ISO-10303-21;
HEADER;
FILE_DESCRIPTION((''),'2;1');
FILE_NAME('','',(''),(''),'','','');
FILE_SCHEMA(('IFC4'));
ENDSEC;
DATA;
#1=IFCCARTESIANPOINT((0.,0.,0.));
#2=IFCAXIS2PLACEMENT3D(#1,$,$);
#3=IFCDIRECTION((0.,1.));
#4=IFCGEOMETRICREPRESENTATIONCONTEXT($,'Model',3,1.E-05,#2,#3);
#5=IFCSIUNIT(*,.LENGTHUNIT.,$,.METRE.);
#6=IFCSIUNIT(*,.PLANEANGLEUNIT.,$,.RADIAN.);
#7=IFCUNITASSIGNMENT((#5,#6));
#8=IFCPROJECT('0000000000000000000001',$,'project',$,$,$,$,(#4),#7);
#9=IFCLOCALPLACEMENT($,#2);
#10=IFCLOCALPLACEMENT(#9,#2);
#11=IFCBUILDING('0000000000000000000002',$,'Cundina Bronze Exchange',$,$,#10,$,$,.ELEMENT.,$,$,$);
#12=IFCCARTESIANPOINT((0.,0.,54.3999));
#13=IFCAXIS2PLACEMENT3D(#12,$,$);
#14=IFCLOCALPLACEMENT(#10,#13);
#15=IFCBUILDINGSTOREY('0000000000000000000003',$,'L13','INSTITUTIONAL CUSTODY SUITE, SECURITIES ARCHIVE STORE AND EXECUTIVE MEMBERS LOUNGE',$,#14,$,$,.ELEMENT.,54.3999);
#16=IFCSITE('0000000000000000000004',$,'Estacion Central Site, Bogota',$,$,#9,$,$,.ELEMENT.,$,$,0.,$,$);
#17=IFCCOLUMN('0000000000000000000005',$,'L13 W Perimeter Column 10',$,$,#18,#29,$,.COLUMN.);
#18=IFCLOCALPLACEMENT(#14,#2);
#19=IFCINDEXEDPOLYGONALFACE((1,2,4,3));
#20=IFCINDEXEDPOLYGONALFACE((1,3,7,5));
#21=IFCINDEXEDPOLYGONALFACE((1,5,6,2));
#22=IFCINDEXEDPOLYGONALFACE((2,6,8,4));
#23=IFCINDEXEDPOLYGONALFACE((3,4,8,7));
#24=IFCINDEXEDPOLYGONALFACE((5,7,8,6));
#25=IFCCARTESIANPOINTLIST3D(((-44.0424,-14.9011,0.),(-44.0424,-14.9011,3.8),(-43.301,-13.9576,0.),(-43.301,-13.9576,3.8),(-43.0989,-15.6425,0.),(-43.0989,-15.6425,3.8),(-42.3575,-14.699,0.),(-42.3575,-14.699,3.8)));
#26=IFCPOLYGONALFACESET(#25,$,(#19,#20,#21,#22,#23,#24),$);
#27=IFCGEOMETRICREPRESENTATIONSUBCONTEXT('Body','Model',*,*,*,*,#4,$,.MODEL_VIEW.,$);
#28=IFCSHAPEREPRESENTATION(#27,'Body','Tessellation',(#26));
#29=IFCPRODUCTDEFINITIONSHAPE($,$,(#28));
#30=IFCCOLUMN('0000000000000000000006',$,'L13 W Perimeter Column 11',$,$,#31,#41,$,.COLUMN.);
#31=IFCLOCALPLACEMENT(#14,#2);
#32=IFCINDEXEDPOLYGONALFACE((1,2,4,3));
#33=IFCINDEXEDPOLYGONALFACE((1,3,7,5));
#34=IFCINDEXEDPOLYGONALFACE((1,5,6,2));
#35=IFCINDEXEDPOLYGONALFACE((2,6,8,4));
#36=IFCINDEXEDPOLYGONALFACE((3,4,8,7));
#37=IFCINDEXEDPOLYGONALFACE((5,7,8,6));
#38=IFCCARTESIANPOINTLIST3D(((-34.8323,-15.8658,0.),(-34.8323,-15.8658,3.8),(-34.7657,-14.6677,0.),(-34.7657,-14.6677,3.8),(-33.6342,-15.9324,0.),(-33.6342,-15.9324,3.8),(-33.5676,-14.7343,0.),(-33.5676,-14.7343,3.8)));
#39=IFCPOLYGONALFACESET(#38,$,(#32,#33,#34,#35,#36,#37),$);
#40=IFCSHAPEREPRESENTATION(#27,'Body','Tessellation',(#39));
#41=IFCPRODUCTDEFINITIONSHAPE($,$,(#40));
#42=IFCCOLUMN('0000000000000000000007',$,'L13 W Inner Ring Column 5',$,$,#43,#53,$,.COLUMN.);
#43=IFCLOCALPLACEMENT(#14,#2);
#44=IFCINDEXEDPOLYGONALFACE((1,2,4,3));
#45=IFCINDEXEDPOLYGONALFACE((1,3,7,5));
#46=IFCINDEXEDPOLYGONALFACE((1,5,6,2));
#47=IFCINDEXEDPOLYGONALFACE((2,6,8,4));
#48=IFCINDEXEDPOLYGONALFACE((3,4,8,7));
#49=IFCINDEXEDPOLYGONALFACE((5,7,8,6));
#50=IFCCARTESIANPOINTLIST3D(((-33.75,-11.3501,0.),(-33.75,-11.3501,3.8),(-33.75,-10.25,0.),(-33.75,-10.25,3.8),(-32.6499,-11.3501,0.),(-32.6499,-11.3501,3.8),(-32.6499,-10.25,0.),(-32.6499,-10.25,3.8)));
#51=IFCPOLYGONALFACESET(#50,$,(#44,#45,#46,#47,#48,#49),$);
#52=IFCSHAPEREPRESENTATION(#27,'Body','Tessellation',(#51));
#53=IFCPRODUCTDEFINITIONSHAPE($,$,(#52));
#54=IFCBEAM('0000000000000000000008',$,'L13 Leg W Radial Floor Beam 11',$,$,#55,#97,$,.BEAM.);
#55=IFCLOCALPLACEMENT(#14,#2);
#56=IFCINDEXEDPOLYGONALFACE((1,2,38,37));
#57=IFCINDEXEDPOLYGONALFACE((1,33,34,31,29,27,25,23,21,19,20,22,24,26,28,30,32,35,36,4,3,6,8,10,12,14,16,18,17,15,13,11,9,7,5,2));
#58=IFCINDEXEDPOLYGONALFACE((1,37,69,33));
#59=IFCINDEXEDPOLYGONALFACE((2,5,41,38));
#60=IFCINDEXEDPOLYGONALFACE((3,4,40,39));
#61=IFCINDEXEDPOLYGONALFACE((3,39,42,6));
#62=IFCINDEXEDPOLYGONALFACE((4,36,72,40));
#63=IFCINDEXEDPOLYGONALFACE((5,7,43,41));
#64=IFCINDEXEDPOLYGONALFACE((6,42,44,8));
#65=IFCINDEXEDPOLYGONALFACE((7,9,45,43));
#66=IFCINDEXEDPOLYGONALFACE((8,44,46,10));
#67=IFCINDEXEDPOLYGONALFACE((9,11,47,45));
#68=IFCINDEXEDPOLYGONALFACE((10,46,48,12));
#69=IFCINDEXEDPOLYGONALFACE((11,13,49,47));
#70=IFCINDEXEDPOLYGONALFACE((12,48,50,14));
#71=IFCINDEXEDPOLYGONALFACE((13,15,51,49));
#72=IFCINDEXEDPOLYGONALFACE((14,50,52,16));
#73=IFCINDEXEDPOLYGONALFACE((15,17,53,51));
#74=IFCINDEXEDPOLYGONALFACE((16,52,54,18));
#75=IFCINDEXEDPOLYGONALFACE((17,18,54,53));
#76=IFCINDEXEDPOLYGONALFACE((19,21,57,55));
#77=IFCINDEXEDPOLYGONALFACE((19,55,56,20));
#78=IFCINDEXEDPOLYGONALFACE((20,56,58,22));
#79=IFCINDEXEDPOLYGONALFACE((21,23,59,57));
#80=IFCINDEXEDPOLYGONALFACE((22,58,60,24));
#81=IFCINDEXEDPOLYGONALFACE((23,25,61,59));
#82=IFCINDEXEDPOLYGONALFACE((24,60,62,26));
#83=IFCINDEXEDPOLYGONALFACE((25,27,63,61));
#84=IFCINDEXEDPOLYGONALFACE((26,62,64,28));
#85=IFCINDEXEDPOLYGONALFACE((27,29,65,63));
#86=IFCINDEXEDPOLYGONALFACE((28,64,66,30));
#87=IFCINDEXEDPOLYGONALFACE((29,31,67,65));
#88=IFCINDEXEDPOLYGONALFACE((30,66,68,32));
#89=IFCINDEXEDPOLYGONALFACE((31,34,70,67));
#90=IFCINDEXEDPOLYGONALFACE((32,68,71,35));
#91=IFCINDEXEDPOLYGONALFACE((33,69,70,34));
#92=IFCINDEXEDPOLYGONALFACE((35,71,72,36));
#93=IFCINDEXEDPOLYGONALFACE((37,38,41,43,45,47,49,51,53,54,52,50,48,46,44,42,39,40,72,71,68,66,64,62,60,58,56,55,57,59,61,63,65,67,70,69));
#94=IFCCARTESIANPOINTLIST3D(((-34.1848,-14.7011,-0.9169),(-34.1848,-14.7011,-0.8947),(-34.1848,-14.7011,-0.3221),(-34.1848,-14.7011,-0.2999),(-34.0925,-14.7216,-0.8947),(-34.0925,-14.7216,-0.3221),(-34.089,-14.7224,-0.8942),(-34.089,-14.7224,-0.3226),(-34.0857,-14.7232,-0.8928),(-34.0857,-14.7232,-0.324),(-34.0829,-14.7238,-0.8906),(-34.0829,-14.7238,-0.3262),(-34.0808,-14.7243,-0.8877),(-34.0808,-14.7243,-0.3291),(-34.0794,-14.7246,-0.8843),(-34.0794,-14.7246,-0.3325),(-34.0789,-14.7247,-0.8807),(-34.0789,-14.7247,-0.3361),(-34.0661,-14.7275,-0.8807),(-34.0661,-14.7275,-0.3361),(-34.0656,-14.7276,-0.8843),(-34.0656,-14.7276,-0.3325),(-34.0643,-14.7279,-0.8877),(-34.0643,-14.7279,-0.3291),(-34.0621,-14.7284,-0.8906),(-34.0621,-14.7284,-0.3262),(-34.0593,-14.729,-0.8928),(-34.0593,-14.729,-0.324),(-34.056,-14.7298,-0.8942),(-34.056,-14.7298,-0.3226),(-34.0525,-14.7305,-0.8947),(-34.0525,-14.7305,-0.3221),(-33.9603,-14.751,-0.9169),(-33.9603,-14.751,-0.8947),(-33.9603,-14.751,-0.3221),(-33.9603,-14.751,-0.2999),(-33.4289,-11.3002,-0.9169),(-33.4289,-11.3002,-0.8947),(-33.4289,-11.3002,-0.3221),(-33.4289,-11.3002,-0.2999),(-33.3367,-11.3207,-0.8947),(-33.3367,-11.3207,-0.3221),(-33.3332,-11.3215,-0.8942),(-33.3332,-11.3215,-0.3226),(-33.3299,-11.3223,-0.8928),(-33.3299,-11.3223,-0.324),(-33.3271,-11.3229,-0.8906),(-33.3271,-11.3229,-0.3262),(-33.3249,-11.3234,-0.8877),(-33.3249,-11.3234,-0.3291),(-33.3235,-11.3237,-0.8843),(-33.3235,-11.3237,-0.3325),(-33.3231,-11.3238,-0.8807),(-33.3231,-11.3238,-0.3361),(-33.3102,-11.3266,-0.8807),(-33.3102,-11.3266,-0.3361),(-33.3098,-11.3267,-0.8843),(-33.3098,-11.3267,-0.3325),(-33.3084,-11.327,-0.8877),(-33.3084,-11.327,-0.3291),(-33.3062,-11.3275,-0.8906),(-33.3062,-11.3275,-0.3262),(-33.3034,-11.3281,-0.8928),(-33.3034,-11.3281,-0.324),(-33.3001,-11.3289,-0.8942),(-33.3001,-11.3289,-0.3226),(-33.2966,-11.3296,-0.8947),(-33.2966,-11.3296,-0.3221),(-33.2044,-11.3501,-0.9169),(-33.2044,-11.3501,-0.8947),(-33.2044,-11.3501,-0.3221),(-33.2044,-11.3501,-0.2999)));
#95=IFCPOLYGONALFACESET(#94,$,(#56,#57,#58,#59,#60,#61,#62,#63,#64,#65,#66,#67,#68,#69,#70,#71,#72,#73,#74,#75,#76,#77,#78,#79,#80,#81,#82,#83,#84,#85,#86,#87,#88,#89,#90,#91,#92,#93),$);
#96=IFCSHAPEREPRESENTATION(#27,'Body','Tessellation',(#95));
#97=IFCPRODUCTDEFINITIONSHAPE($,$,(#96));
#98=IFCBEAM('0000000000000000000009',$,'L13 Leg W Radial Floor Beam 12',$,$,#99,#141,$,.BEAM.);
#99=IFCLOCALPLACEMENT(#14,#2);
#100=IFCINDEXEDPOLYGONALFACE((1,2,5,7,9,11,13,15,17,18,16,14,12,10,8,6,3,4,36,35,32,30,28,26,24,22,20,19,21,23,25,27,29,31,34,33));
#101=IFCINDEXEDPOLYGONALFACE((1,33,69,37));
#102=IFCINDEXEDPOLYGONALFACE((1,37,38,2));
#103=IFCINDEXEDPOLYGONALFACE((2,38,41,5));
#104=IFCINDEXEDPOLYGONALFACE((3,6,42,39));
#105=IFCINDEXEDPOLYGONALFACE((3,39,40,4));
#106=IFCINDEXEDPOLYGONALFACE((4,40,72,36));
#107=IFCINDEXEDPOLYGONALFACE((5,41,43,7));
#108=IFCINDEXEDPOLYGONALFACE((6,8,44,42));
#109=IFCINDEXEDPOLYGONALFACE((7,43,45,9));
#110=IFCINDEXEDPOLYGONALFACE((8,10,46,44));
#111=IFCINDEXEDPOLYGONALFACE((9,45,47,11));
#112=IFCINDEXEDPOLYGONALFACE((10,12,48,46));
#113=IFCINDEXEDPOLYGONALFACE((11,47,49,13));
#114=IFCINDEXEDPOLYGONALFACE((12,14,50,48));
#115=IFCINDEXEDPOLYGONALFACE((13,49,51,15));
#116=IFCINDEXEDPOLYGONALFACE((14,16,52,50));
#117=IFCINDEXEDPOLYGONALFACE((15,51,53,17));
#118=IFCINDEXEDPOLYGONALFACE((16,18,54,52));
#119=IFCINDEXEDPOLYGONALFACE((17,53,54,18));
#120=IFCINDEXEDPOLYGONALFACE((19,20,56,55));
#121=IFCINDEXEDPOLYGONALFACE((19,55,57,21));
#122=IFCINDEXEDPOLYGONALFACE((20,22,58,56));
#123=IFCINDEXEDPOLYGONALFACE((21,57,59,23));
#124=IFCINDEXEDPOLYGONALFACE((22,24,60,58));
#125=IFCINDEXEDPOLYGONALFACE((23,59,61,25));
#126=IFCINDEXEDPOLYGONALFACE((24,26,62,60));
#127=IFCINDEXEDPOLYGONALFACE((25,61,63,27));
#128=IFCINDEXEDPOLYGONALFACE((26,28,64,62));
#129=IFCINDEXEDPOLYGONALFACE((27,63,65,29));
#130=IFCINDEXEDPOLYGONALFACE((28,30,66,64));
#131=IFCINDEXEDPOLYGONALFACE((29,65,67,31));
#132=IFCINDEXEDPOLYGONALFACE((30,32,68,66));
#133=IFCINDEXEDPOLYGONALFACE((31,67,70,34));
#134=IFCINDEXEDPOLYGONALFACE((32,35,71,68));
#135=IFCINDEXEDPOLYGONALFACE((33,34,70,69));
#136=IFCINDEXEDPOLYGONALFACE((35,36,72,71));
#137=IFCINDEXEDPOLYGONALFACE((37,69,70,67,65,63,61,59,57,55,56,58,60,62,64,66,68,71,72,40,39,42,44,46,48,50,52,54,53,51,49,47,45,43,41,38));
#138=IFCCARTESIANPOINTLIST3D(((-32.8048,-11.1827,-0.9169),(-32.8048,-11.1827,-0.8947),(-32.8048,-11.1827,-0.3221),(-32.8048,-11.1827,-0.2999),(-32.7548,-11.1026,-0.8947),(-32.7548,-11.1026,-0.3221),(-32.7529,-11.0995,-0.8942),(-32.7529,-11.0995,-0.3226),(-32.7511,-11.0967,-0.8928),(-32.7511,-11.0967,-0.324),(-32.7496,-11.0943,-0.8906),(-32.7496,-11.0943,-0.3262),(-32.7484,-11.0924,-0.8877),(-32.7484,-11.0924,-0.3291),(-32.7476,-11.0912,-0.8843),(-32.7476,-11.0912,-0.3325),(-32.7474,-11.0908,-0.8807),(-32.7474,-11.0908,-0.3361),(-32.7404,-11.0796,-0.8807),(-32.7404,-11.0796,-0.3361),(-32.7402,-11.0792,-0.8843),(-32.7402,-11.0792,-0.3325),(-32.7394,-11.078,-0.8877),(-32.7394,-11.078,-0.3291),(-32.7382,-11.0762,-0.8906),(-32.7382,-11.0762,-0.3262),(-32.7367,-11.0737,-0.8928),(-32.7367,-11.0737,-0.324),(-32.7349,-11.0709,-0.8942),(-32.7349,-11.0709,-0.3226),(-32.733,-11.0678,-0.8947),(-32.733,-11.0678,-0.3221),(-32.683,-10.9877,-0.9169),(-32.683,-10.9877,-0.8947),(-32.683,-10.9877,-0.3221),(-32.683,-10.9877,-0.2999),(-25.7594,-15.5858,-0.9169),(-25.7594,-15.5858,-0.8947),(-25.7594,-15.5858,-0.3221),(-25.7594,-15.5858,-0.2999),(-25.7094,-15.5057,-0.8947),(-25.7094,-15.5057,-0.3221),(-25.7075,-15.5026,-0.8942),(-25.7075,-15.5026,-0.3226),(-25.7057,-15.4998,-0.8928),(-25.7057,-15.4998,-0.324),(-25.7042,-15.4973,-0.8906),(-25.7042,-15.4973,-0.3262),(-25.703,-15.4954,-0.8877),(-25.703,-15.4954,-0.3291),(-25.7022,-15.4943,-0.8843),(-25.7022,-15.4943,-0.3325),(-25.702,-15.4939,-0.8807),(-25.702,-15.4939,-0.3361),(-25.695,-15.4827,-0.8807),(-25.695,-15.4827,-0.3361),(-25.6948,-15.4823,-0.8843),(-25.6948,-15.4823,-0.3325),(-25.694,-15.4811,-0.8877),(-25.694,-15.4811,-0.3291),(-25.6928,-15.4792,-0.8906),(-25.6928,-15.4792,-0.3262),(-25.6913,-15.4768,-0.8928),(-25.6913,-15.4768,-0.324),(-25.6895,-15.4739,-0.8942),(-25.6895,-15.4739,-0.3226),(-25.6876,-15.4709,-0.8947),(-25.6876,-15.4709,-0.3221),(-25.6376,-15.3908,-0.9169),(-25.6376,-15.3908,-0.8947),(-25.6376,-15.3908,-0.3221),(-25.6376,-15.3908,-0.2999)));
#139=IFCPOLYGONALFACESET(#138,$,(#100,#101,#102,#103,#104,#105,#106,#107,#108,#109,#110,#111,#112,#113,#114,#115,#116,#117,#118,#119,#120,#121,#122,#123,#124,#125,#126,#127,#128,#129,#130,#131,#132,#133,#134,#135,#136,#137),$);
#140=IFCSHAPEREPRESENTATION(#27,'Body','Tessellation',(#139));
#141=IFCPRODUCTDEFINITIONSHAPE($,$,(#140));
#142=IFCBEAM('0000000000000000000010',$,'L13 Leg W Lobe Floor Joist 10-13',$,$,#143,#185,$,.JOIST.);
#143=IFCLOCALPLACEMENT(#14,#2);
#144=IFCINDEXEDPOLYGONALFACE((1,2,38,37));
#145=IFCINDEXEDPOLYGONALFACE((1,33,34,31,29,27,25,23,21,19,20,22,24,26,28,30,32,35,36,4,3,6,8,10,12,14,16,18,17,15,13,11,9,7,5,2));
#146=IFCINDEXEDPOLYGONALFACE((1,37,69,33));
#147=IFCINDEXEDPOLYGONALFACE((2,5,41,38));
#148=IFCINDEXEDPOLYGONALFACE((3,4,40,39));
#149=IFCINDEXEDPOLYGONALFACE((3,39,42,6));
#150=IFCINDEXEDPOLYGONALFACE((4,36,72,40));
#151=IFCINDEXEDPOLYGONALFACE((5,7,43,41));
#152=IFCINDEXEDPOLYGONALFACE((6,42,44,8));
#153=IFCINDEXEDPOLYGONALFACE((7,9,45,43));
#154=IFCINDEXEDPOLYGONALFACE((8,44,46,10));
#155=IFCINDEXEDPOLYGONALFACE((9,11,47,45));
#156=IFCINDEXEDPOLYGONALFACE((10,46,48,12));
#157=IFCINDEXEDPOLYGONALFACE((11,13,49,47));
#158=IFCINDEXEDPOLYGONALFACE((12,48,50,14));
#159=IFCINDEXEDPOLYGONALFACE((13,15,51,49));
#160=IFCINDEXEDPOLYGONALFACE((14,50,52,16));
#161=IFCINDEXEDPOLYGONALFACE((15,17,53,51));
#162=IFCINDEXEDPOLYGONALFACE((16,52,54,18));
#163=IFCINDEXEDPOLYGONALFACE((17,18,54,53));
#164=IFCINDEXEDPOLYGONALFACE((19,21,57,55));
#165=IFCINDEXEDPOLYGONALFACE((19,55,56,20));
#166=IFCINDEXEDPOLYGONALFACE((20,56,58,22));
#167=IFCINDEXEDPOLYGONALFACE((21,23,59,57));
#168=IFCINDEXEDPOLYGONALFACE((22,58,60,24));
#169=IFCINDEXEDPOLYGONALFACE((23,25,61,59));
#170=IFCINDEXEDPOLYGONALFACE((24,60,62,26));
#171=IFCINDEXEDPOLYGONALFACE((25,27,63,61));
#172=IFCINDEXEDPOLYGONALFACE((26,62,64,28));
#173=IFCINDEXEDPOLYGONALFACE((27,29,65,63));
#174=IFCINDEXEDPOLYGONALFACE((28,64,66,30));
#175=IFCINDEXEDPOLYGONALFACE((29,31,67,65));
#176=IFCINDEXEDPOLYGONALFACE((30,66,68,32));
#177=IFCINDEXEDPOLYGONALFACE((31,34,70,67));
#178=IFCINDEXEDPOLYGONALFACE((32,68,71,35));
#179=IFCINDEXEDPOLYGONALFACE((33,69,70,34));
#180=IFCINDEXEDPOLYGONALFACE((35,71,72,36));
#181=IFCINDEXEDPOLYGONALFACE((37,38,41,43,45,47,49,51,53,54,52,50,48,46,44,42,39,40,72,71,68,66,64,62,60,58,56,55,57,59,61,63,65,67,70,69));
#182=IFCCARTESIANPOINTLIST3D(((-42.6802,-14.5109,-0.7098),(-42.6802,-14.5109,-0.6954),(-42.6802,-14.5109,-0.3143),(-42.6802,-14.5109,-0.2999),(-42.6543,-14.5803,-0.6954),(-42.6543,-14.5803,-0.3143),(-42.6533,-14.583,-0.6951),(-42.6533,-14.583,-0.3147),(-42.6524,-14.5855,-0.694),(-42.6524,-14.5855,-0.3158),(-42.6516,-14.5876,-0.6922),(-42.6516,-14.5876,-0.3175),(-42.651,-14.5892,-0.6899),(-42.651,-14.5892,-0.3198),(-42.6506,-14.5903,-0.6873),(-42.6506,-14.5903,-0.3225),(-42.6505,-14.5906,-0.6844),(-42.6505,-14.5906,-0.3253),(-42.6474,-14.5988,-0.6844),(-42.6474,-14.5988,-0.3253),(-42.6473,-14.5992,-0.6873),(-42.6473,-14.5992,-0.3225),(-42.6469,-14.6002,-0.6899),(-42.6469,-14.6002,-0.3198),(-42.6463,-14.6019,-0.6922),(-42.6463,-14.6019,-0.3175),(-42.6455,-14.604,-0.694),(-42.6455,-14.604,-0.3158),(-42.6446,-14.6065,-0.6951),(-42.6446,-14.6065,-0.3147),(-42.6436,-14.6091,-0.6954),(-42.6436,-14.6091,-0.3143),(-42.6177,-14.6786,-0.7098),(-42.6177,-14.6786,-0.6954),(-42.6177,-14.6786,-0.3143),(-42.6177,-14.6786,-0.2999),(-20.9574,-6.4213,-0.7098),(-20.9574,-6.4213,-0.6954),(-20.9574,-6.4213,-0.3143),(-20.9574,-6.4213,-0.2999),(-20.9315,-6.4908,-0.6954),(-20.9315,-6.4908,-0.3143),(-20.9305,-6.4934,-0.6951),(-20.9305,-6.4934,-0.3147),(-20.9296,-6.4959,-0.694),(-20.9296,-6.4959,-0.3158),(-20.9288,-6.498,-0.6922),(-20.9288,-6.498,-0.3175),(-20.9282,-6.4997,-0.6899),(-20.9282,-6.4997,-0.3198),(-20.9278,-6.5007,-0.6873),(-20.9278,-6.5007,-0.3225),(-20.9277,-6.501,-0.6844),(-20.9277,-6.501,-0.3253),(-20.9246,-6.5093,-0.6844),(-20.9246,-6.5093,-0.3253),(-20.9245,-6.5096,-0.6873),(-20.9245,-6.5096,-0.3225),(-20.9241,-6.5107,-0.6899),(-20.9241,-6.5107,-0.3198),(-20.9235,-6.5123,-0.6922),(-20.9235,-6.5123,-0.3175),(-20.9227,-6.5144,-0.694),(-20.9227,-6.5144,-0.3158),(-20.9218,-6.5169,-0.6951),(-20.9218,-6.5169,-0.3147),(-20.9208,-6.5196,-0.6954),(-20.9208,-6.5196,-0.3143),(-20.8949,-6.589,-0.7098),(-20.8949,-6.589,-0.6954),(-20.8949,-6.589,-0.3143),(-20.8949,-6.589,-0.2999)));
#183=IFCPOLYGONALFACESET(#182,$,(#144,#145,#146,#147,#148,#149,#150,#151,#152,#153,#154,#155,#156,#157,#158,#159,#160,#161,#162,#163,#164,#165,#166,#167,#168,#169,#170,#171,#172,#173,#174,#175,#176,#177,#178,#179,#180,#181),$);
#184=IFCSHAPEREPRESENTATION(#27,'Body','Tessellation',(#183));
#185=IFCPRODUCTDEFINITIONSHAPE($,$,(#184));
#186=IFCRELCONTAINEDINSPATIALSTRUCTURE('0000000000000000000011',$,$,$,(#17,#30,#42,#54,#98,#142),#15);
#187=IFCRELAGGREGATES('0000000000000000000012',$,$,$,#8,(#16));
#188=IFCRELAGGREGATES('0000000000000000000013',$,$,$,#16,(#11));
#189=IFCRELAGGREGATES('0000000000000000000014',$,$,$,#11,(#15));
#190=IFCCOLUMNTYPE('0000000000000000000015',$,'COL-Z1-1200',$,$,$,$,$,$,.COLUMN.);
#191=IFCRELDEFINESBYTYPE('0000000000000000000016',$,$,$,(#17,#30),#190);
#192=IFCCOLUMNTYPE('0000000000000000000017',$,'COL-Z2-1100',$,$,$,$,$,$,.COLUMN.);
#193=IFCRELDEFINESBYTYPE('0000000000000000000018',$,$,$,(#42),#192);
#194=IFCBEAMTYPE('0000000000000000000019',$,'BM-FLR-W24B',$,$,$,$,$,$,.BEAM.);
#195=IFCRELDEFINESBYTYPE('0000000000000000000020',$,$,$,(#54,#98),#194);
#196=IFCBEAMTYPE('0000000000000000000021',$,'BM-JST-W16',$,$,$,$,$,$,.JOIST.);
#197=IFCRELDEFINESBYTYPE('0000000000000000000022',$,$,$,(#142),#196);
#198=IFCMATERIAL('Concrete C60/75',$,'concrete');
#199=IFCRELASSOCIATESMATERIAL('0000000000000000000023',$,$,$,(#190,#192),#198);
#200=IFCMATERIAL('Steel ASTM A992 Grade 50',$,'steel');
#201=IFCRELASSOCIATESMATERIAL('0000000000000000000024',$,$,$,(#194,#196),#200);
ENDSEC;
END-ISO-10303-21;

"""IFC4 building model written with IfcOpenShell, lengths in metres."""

from ifc_helpers import new_model, si_unit, direction, frame, origin, origin_2d, place, context, subcontext, project, spatial, rectangle, i_section, extrude, material, material_profile, profile_set, type_object, element, save


model = new_model("IFC4")

# Units and contexts
model_context = context("Model", 3, precision=1e-05, world=origin(), true_north=direction((0.0, 1.0)))
body_context = subcontext(model_context, "Body", "Model", "MODEL_VIEW")
ifc_project = project(units=[si_unit("LENGTHUNIT", "METRE"), si_unit("PLANEANGLEUNIT", "RADIAN")], contexts=[model_context])

# Site, building, storey
site_placement = place(None, origin())
site = spatial("IfcSite", under=ifc_project, at=site_placement, Name="Estacion Central Site, Bogota", CompositionType="ELEMENT", RefElevation=0.0)
building_placement = place(site_placement, origin())
building = spatial("IfcBuilding", under=site, at=building_placement, Name="Cundina Bronze Exchange", CompositionType="ELEMENT")
storey_placement = place(building_placement, frame((0.0, 0.0, 54.3999)))
storey = spatial("IfcBuildingStorey", under=building, at=storey_placement, Name="L13", Description="INSTITUTIONAL CUSTODY SUITE, SECURITIES ARCHIVE STORE AND EXECUTIVE MEMBERS LOUNGE", CompositionType="ELEMENT", Elevation=54.3999)

# Columns
ifc_material_1 = material(Name="Concrete C60/75", Category="concrete")
ifc_material_profile_1 = material_profile(ifc_material_1, rectangle(XDim=1.2, YDim=1.2, at=origin_2d()), Name="RC1200X1200", Category="concrete")
ifc_profile_set_1 = profile_set([ifc_material_profile_1], Name="Concrete C60/75")
column_type_1 = type_object("IfcColumnType", Name="COL-Z1-1200", PredefinedType="COLUMN", material=ifc_profile_set_1)
for number, where, z_axis, x_axis, name in (
    (1, (-43.2, -14.8, 0.0), (0.0, 0.0, 1.0), (0.786288, -0.61786, 0.0), "L13 W Perimeter Column 10"),
    (2, (-34.2, -15.3, 0.0), (0.0, 0.0, 1.0), (0.99846, -0.055473, 0.0), "L13 W Perimeter Column 11"),
):
    element("IfcColumn", number, at=place(storey_placement, frame(where, z_axis=z_axis, x_axis=x_axis)), inside=storey, type_object=column_type_1, Name=name, PredefinedType="COLUMN", context=body_context, shape_type="SweptSolid", body=[
        extrude(rectangle(XDim=1.2, YDim=1.2, at=origin_2d()), origin(), (0.0, 0.0, 1.0), 3.8),
    ])
ifc_material_profile_2 = material_profile(ifc_material_1, rectangle(XDim=1.1001, YDim=1.1001, at=origin_2d()), Name="RC1100X1100", Category="concrete")
ifc_profile_set_2 = profile_set([ifc_material_profile_2], Name="Concrete C60/75")
column_type_2 = type_object("IfcColumnType", Name="COL-Z2-1100", PredefinedType="COLUMN", material=ifc_profile_set_2)
column_placement = place(storey_placement, frame((-33.2, -10.8, 0.0), z_axis=(0.0, 0.0, 1.0), x_axis=(1.0, 0.0, 0.0)))
element("IfcColumn", 3, at=column_placement, inside=storey, type_object=column_type_2, Name="L13 W Inner Ring Column 5", PredefinedType="COLUMN", context=body_context, shape_type="SweptSolid", body=[
    extrude(rectangle(XDim=1.1001, YDim=1.1001, at=origin_2d()), origin(), (0.0, 0.0, 1.0), 3.8),
])

# Beams
ifc_material_2 = material(Name="Steel ASTM A992 Grade 50", Category="steel")
ifc_material_profile_3 = material_profile(ifc_material_2, i_section(OverallWidth=0.23, OverallDepth=0.6169, WebThickness=0.0132, FlangeThickness=0.0222, FilletRadius=0.0139, at=origin_2d()), Name="W24X94", Category="steel")
ifc_profile_set_3 = profile_set([ifc_material_profile_3], Name="Steel ASTM A992 Grade 50")
beam_type_1 = type_object("IfcBeamType", Name="BM-FLR-W24B", PredefinedType="BEAM", material=ifc_profile_set_3)
beam_1_placement = place(storey_placement, frame((-33.3167, -11.3252, -0.6084), z_axis=(-0.21696, -0.97618, 0.0), x_axis=(0.97618, -0.21696, 0.0)))
element("IfcBeam", 4, at=beam_1_placement, inside=storey, type_object=beam_type_1, Name="L13 Leg W Radial Floor Beam 11", PredefinedType="BEAM", context=body_context, shape_type="SweptSolid", body=[
    extrude(i_section(OverallWidth=0.23, OverallDepth=0.6169, WebThickness=0.0132, FlangeThickness=0.0222, FilletRadius=0.0139, at=origin_2d()), origin(), (0.0, 0.0, 1.0), 3.4839),
])
beam_2_placement = place(storey_placement, frame((-32.7439, -11.0852, -0.6084), z_axis=(0.848015, -0.529973, 0.0), x_axis=(0.529973, 0.848015, 0.0)))
element("IfcBeam", 5, at=beam_2_placement, inside=storey, type_object=beam_type_1, Name="L13 Leg W Radial Floor Beam 12", PredefinedType="BEAM", context=body_context, shape_type="SweptSolid", body=[
    extrude(i_section(OverallWidth=0.23, OverallDepth=0.6169, WebThickness=0.0132, FlangeThickness=0.0222, FilletRadius=0.0139, at=origin_2d()), origin(), (0.0, 0.0, 1.0), 8.3081),
])
ifc_material_profile_4 = material_profile(ifc_material_2, i_section(OverallWidth=0.179, OverallDepth=0.4099, WebThickness=0.0088, FlangeThickness=0.0144, FilletRadius=0.011, at=origin_2d()), Name="W16X45", Category="steel")
ifc_profile_set_4 = profile_set([ifc_material_profile_4], Name="Steel ASTM A992 Grade 50")
beam_type_2 = type_object("IfcBeamType", Name="BM-JST-W16", PredefinedType="JOIST", material=ifc_profile_set_4)
beam_3_placement = place(storey_placement, frame((-42.6489, -14.5947, -0.5049), z_axis=(0.937128, 0.348986, 0.0), x_axis=(-0.348986, 0.937128, 0.0)))
element("IfcBeam", 6, at=beam_3_placement, inside=storey, type_object=beam_type_2, Name="L13 Leg W Lobe Floor Joist 10-13", PredefinedType="JOIST", context=body_context, shape_type="SweptSolid", body=[
    extrude(i_section(OverallWidth=0.179, OverallDepth=0.4099, WebThickness=0.0088, FlangeThickness=0.0144, FilletRadius=0.011, at=origin_2d()), origin(), (0.0, 0.0, 1.0), 23.1802),
])

save(model, "model.ifc")
